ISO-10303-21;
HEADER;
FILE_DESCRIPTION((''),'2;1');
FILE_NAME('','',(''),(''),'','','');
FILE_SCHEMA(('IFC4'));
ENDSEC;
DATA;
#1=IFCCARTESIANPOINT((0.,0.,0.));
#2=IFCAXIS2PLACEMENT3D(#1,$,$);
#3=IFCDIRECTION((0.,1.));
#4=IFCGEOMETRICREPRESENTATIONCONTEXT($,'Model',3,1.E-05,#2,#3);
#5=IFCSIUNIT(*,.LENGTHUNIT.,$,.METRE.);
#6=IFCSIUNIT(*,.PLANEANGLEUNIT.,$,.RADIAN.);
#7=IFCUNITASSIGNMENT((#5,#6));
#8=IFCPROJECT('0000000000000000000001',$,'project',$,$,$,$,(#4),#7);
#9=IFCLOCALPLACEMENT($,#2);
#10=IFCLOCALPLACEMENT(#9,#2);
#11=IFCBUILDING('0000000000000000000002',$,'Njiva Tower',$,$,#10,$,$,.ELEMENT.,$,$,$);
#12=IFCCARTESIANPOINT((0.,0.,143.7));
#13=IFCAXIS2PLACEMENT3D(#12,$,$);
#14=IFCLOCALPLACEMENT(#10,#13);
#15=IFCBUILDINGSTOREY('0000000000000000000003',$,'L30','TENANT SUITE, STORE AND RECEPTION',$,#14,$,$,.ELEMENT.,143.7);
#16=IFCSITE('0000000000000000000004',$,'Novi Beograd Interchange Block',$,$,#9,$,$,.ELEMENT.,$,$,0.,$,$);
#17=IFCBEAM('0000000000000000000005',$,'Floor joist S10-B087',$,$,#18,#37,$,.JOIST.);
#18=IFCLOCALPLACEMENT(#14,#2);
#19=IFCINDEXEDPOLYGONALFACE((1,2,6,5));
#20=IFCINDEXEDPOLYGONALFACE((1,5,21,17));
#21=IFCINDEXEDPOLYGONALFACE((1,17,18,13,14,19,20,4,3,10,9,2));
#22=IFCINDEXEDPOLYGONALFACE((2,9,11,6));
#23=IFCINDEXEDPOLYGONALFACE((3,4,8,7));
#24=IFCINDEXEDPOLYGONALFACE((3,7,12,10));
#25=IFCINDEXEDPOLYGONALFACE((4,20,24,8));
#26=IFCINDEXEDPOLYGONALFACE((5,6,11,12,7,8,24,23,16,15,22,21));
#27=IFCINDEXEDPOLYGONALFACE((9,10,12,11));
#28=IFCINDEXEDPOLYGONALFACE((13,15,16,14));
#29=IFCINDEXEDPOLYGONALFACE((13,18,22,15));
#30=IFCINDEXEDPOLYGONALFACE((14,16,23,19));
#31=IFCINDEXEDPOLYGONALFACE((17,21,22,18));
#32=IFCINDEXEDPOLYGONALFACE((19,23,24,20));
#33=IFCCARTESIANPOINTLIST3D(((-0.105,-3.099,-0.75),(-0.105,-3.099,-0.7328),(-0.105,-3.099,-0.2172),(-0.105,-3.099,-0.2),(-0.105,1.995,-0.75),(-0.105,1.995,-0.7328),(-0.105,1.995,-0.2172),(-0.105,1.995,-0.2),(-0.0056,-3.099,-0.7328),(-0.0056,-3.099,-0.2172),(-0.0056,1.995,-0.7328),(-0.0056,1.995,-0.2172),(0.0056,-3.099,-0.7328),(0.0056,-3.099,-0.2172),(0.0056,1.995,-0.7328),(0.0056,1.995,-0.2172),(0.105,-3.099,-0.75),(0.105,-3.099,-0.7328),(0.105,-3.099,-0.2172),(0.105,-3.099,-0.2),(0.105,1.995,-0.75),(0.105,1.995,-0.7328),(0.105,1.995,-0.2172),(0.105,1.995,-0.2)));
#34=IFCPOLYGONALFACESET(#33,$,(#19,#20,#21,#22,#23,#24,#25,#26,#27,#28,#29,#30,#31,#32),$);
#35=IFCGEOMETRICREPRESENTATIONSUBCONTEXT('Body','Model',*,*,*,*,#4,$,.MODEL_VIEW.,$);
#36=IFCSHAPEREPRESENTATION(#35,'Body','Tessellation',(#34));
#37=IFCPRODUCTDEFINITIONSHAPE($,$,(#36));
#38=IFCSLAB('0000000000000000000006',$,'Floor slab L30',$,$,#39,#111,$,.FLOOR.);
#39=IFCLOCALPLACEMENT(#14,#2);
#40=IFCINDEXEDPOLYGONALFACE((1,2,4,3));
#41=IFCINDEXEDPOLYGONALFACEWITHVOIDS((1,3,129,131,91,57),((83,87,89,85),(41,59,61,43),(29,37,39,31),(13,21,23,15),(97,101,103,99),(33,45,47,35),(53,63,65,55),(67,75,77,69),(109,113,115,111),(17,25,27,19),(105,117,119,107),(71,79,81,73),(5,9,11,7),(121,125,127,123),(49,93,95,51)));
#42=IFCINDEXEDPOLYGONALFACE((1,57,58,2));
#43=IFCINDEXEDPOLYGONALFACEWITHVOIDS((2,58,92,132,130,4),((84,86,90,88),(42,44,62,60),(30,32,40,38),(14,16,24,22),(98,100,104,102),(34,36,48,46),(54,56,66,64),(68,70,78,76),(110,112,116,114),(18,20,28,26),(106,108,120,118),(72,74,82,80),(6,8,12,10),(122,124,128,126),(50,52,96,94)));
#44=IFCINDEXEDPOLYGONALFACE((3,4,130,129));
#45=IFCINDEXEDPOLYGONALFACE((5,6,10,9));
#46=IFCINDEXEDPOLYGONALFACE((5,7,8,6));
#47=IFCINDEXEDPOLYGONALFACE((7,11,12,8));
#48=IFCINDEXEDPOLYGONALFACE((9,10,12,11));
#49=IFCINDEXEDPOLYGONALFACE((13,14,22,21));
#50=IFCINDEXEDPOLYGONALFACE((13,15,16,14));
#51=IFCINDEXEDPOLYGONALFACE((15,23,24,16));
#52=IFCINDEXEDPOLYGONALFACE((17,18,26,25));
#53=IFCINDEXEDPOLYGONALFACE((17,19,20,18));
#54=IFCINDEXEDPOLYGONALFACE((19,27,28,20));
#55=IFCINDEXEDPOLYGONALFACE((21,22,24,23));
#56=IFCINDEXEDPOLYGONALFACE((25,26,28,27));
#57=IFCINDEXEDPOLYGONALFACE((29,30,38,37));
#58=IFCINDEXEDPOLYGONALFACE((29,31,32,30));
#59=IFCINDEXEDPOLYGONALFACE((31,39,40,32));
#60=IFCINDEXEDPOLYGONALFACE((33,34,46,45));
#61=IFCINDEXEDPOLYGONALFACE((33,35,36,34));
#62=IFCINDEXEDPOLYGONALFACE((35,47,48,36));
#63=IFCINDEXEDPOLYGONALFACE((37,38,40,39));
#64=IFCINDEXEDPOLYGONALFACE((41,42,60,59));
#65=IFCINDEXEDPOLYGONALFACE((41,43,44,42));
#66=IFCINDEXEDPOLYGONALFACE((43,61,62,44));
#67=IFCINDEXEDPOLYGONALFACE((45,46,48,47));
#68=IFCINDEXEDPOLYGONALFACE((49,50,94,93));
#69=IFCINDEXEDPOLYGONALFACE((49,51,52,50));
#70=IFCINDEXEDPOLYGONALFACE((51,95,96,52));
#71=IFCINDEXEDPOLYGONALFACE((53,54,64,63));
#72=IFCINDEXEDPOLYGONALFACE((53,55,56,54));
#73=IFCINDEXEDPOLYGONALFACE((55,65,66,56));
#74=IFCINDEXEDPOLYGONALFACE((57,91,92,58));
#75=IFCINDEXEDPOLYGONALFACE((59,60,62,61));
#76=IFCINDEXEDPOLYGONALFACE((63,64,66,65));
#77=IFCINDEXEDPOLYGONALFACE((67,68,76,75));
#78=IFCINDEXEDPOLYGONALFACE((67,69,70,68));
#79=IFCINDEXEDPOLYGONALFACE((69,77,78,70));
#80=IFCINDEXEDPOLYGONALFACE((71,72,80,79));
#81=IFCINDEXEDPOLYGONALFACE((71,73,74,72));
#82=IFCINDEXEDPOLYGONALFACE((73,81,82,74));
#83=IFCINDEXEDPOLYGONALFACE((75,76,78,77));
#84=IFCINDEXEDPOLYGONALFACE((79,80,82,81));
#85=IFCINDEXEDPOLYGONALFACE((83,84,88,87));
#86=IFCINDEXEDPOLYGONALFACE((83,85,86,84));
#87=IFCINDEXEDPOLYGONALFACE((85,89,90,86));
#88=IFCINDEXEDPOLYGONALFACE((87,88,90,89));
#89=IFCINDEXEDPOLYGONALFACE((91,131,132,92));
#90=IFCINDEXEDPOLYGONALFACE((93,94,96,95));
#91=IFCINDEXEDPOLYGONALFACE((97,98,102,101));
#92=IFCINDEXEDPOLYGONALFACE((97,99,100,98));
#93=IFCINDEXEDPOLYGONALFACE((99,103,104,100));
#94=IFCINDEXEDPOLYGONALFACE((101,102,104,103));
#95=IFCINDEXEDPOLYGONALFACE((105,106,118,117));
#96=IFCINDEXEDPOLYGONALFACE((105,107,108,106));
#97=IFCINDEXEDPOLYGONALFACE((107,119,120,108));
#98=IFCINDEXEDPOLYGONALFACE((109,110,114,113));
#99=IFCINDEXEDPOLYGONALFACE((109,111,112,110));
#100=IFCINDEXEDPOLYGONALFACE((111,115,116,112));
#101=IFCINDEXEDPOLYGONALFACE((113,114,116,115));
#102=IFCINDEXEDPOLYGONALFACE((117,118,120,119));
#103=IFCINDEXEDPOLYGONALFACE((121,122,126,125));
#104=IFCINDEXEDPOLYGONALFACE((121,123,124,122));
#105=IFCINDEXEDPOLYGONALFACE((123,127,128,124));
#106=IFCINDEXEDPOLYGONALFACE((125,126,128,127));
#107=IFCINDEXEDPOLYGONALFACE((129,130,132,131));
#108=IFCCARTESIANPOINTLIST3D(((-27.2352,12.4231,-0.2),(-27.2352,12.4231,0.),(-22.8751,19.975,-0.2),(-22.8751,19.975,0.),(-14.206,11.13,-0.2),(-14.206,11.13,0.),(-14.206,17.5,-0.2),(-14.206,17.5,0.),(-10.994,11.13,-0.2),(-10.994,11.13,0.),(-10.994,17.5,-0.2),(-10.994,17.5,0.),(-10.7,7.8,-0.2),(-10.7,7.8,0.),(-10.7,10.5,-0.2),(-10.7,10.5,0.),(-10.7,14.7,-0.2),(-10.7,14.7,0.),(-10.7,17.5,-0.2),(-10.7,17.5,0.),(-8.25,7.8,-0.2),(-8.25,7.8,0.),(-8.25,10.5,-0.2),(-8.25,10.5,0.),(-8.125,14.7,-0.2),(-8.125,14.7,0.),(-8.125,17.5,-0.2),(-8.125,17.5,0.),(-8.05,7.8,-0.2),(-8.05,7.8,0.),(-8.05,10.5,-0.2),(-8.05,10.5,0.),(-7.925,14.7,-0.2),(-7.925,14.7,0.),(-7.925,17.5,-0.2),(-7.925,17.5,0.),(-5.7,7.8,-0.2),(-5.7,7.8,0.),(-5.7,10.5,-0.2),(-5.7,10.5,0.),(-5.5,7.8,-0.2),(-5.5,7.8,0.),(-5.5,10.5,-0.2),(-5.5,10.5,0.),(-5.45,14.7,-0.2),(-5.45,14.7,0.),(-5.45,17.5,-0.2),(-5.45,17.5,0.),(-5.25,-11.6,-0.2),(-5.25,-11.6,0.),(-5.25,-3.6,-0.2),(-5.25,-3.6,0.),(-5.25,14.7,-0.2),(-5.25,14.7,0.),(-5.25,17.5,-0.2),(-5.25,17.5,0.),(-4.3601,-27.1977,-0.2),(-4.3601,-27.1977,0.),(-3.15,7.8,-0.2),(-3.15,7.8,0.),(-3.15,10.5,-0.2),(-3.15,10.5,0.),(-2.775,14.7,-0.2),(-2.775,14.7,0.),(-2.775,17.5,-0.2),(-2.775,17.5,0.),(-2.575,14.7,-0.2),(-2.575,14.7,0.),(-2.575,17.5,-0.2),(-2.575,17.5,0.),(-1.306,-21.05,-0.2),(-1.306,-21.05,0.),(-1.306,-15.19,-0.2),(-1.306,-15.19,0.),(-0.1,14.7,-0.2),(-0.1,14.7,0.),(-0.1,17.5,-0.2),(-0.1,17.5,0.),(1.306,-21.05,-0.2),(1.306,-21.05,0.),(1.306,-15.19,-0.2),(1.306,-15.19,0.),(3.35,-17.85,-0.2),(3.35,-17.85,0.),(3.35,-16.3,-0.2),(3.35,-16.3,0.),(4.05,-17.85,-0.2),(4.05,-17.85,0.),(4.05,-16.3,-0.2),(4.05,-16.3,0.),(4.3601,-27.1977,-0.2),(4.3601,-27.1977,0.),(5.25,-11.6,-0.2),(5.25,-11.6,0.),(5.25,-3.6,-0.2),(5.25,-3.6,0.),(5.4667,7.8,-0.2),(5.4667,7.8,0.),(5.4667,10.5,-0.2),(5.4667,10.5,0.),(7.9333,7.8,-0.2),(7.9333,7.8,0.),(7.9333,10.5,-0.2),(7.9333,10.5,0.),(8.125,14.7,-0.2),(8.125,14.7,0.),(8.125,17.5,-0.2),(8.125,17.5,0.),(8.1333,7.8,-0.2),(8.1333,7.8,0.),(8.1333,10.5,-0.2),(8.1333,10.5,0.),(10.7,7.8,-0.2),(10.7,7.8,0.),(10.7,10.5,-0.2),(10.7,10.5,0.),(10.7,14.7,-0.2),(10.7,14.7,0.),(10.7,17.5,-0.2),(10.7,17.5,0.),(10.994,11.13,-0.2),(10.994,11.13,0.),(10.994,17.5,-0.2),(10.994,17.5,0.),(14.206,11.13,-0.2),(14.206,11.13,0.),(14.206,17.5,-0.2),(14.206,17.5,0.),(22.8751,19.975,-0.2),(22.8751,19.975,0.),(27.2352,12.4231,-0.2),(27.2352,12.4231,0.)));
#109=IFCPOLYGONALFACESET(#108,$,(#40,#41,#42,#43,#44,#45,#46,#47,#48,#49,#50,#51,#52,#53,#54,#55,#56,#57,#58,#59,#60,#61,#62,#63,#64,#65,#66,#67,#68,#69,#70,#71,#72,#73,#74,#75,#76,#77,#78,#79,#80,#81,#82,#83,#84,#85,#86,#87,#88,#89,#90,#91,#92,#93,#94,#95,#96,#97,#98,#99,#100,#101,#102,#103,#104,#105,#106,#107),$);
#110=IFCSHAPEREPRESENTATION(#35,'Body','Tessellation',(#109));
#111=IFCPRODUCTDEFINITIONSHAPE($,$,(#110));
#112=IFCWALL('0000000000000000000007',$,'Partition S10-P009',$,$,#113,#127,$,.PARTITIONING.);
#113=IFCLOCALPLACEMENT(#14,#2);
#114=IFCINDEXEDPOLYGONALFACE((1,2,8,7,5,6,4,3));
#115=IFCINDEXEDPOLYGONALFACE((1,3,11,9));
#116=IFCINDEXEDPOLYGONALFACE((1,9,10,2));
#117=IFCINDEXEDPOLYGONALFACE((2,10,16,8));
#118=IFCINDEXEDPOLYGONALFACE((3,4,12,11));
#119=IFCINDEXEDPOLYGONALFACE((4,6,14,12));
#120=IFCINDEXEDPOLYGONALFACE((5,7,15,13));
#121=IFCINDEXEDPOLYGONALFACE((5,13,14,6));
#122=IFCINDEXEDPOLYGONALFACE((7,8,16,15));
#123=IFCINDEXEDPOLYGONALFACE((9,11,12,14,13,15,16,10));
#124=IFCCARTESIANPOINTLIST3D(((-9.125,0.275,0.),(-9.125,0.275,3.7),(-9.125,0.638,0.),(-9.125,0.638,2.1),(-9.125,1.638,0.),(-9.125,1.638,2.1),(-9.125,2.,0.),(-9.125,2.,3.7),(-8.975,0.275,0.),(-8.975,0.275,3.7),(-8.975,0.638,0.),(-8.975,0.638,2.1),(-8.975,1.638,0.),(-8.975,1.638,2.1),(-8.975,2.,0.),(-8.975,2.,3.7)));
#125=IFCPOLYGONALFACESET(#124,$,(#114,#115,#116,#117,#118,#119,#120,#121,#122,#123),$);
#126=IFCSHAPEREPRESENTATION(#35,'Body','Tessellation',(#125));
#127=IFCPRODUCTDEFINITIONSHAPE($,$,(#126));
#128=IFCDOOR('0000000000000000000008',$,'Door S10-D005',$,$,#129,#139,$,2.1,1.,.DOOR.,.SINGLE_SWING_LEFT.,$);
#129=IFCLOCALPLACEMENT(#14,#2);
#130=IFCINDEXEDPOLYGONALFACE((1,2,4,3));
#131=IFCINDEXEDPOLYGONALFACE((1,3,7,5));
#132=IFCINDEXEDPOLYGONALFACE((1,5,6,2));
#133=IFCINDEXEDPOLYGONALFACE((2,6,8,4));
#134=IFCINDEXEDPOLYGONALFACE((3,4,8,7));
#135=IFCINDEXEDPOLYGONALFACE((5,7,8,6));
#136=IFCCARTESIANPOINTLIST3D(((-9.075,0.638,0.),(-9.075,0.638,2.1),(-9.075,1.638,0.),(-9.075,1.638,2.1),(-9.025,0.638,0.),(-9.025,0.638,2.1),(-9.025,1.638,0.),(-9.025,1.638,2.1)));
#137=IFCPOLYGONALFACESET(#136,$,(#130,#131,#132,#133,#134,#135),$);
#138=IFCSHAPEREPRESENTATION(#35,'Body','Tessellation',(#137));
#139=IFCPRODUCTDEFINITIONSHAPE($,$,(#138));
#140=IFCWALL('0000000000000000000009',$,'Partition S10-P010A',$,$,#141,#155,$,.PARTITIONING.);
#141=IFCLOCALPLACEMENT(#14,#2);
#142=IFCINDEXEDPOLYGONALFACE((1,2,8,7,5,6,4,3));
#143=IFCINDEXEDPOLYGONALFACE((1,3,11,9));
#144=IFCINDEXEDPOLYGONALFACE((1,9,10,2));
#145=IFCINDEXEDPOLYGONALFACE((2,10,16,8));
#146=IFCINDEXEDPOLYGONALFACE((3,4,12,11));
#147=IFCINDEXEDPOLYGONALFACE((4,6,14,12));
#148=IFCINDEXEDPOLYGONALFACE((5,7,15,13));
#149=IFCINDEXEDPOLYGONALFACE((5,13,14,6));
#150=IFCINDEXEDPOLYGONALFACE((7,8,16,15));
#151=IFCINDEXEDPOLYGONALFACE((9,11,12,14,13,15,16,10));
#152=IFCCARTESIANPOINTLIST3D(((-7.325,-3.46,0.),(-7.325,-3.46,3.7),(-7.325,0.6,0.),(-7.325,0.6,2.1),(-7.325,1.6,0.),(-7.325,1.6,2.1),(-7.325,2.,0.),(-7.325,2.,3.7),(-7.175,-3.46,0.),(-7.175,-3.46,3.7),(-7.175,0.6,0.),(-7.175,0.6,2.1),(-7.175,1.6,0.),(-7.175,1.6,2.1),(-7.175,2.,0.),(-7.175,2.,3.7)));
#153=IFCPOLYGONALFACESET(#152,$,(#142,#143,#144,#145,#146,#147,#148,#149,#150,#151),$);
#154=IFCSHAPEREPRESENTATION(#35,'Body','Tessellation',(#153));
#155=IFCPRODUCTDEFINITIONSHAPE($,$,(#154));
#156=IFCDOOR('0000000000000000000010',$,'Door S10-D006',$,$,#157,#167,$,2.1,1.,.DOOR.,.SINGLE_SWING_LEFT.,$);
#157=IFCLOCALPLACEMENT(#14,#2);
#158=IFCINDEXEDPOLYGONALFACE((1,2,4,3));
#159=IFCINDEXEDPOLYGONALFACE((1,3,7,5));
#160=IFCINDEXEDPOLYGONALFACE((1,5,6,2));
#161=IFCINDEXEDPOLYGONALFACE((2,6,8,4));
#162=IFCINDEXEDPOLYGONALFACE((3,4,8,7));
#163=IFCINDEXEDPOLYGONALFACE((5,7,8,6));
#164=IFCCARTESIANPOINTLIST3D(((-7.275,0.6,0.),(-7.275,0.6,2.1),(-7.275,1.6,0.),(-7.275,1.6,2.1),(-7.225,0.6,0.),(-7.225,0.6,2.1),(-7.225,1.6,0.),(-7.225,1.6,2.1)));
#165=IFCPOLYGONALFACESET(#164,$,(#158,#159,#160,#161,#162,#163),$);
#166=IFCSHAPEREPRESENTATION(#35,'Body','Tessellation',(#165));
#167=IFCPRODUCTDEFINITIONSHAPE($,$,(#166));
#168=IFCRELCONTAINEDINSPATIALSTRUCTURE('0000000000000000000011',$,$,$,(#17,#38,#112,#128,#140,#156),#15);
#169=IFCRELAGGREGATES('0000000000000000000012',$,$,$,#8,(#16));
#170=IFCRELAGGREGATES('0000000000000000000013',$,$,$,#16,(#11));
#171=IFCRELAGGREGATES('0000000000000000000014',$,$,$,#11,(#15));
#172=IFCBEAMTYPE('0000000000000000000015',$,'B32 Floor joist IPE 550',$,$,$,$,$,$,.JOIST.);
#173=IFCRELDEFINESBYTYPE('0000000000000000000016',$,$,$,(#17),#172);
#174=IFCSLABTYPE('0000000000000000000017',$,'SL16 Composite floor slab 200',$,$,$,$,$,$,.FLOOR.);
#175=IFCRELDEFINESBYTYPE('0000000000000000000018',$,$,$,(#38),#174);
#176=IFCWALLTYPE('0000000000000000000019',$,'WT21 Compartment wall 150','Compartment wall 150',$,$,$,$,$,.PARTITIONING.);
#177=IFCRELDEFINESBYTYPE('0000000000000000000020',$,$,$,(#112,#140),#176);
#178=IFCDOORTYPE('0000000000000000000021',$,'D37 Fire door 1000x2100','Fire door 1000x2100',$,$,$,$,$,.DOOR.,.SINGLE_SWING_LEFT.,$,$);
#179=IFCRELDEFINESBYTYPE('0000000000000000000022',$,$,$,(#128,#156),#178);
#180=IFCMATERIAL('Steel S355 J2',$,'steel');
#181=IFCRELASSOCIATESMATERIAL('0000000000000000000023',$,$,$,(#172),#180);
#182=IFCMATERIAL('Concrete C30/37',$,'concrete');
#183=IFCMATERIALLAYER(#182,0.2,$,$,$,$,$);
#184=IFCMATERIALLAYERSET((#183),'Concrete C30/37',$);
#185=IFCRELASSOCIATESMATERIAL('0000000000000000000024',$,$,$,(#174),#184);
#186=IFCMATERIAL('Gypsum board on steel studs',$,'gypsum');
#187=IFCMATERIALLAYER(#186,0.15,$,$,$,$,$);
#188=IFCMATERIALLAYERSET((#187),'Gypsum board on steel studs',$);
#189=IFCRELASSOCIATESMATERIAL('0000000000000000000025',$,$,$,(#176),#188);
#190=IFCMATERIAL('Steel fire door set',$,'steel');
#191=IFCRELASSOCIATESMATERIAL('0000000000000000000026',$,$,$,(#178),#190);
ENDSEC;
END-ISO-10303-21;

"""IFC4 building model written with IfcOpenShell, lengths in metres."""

from ifc_helpers import new_model, si_unit, direction, frame, frame_2d, origin, origin_2d, place, context, subcontext, project, spatial, polyline, rectangle, i_section, outline, extrude, material, layer, layer_set, material_profile, profile_set, type_object, element, fill, save


model = new_model("IFC4")

# Units and contexts
model_context = context("Model", 3, precision=1e-05, world=origin(), true_north=direction((0.0, 1.0)))
body_context = subcontext(model_context, "Body", "Model", "MODEL_VIEW")
ifc_project = project(units=[si_unit("LENGTHUNIT", "METRE"), si_unit("PLANEANGLEUNIT", "RADIAN")], contexts=[model_context])

# Site, building, storey
site_placement = place(None, origin())
site = spatial("IfcSite", under=ifc_project, at=site_placement, Name="Novi Beograd Interchange Block", CompositionType="ELEMENT", RefElevation=0.0)
building_placement = place(site_placement, origin())
building = spatial("IfcBuilding", under=site, at=building_placement, Name="Njiva Tower", CompositionType="ELEMENT")
storey_placement = place(building_placement, frame((0.0, 0.0, 143.7)))
storey = spatial("IfcBuildingStorey", under=building, at=storey_placement, Name="L30", Description="TENANT SUITE, STORE AND RECEPTION", CompositionType="ELEMENT", Elevation=143.7)

# Shared definitions
ifc_material_1 = material(Name="Steel S355 J2", Category="steel")

# Beam
ifc_material_profile_1 = material_profile(ifc_material_1, i_section(OverallWidth=0.21, OverallDepth=0.55, WebThickness=0.0111, FlangeThickness=0.0172, at=origin_2d()), Name="IPE 550")
ifc_profile_set_1 = profile_set([ifc_material_profile_1], Name="Steel S355 J2")
beam_type_1 = type_object("IfcBeamType", Name="B32 Floor joist IPE 550", PredefinedType="JOIST", material=ifc_profile_set_1)
for number, where, z_axis, x_axis, name in (
    (1, (0.0, 1.995, -0.475), (0.0, -1.0, 0.0), (1.0, 0.0, 0.0), "Floor joist S10-B087"),
):
    element("IfcBeam", number, at=place(storey_placement, frame(where, z_axis=z_axis, x_axis=x_axis)), inside=storey, type_object=beam_type_1, Name=name, PredefinedType="JOIST", context=body_context, shape_type="SweptSolid", body=[
        extrude(i_section(OverallWidth=0.21, OverallDepth=0.55, WebThickness=0.0111, FlangeThickness=0.0172, at=origin_2d()), origin(), (0.0, 0.0, 1.0), 5.094),
    ])

# Slab
ifc_material_2 = material(Name="Concrete C30/37", Category="concrete")
ifc_layer_1 = layer(ifc_material_2, 0.2)
ifc_layer_set_1 = layer_set([ifc_layer_1], Name="Concrete C30/37")
slab_type = type_object("IfcSlabType", Name="SL16 Composite floor slab 200", PredefinedType="FLOOR", material=ifc_layer_set_1)
slab_placement = place(storey_placement, frame((0.0, 0.0, -0.2)))
element("IfcSlab", 2, at=slab_placement, inside=storey, type_object=slab_type, Name="Floor slab L30", PredefinedType="FLOOR", context=body_context, shape_type="SweptSolid", body=[
    extrude(outline(polyline([(27.2352, 12.4231), (4.3601, -27.1977), (-4.3601, -27.1977), (-27.2352, 12.4231), (-22.8751, 19.975), (22.8751, 19.975), (27.2352, 12.4231)]), holes=[polyline([(10.994, 11.13), (14.206, 11.13), (14.206, 17.5), (10.994, 17.5), (10.994, 11.13)]), polyline([(8.125, 14.7), (10.7, 14.7), (10.7, 17.5), (8.125, 17.5), (8.125, 14.7)]), polyline([(8.1333, 7.8), (10.7, 7.8), (10.7, 10.5), (8.1333, 10.5), (8.1333, 7.8)]), polyline([(5.4667, 7.8), (7.9333, 7.8), (7.9333, 10.5), (5.4667, 10.5), (5.4667, 7.8)]), polyline([(5.25, -11.6), (5.25, -3.6), (-5.25, -3.6), (-5.25, -11.6), (5.25, -11.6)]), polyline([(3.35, -17.85), (4.05, -17.85), (4.05, -16.3), (3.35, -16.3), (3.35, -17.85)]), polyline([(-1.306, -21.05), (1.306, -21.05), (1.306, -15.19), (-1.306, -15.19), (-1.306, -21.05)]), polyline([(-2.575, 14.7), (-0.1, 14.7), (-0.1, 17.5), (-2.575, 17.5), (-2.575, 14.7)]), polyline([(-5.25, 14.7), (-2.775, 14.7), (-2.775, 17.5), (-5.25, 17.5), (-5.25, 14.7)]), polyline([(-5.5, 7.8), (-3.15, 7.8), (-3.15, 10.5), (-5.5, 10.5), (-5.5, 7.8)]), polyline([(-7.925, 14.7), (-5.45, 14.7), (-5.45, 17.5), (-7.925, 17.5), (-7.925, 14.7)]), polyline([(-8.05, 7.8), (-5.7, 7.8), (-5.7, 10.5), (-8.05, 10.5), (-8.05, 7.8)]), polyline([(-10.7, 14.7), (-8.125, 14.7), (-8.125, 17.5), (-10.7, 17.5), (-10.7, 14.7)]), polyline([(-8.25, 7.8), (-8.25, 10.5), (-10.7, 10.5), (-10.7, 7.8), (-8.25, 7.8)]), polyline([(-14.206, 11.13), (-10.994, 11.13), (-10.994, 17.5), (-14.206, 17.5), (-14.206, 11.13)])]), origin(), (0.0, 0.0, 1.0), 0.2),
])

# Walls, openings, doors
ifc_material_3 = material(Name="Gypsum board on steel studs", Category="gypsum")
ifc_layer_2 = layer(ifc_material_3, 0.15)
ifc_layer_set_2 = layer_set([ifc_layer_2], Name="Gypsum board on steel studs")
wall_type = type_object("IfcWallType", Name="WT21 Compartment wall 150", Description="Compartment wall 150", PredefinedType="PARTITIONING", material=ifc_layer_set_2)
wall_1_placement = place(storey_placement, frame((-9.05, 0.275, 0.0), z_axis=(0.0, 0.0, 1.0), x_axis=(0.0, 1.0, 0.0)))
wall_1 = element("IfcWall", 3, at=wall_1_placement, inside=storey, type_object=wall_type, Name="Partition S10-P009", PredefinedType="PARTITIONING", context=body_context, shape_type="SweptSolid", body=[
    extrude(rectangle(XDim=1.725, YDim=0.15, at=frame_2d((0.8625, 0.0))), origin(), (0.0, 0.0, 1.0), 3.7),
])
opening_1_placement = place(wall_1_placement, frame((0.363, 0.0, 0.0)))
opening_1 = element("IfcOpeningElement", 4, at=opening_1_placement, cuts=wall_1, PredefinedType="OPENING", context=body_context, shape_type="SweptSolid", body=[
    extrude(rectangle(XDim=1.0, YDim=2.1, at=frame_2d((0.5, 1.05))), frame((0.0, 0.085, 0.0), z_axis=(0.0, -1.0, 0.0), x_axis=(1.0, 0.0, 0.0)), (0.0, 0.0, 1.0), 0.17),
])
ifc_material_4 = material(Name="Steel fire door set", Category="steel")
door_type_1 = type_object("IfcDoorType", Name="D37 Fire door 1000x2100", Description="Fire door 1000x2100", OperationType="SINGLE_SWING_LEFT", PredefinedType="DOOR", material=ifc_material_4)
door_1_placement = place(opening_1_placement, origin())
door_1 = element("IfcDoor", 5, at=door_1_placement, inside=storey, type_object=door_type_1, Name="Door S10-D005", OperationType="SINGLE_SWING_LEFT", OverallHeight=2.1, OverallWidth=1.0, PredefinedType="DOOR", context=body_context, shape_type="SweptSolid", body=[
    extrude(rectangle(XDim=1.0, YDim=2.1, at=frame_2d((0.5, 1.05))), frame((0.0, 0.025, 0.0), z_axis=(0.0, -1.0, 0.0), x_axis=(1.0, 0.0, 0.0)), (0.0, 0.0, 1.0), 0.05),
])
fill(opening_1, door_1)
wall_2_placement = place(storey_placement, frame((-7.25, -3.46, 0.0), z_axis=(0.0, 0.0, 1.0), x_axis=(0.0, 1.0, 0.0)))
wall_2 = element("IfcWall", 6, at=wall_2_placement, inside=storey, type_object=wall_type, Name="Partition S10-P010A", PredefinedType="PARTITIONING", context=body_context, shape_type="SweptSolid", body=[
    extrude(rectangle(XDim=5.46, YDim=0.15, at=frame_2d((2.73, 0.0))), origin(), (0.0, 0.0, 1.0), 3.7),
])
opening_2_placement = place(wall_2_placement, frame((4.06, 0.0, 0.0)))
opening_2 = element("IfcOpeningElement", 7, at=opening_2_placement, cuts=wall_2, PredefinedType="OPENING", context=body_context, shape_type="SweptSolid", body=[
    extrude(rectangle(XDim=1.0, YDim=2.1, at=frame_2d((0.5, 1.05))), frame((0.0, 0.085, 0.0), z_axis=(0.0, -1.0, 0.0), x_axis=(1.0, 0.0, 0.0)), (0.0, 0.0, 1.0), 0.17),
])
door_2_placement = place(opening_2_placement, origin())
door_2 = element("IfcDoor", 8, at=door_2_placement, inside=storey, type_object=door_type_1, Name="Door S10-D006", OperationType="SINGLE_SWING_LEFT", OverallHeight=2.1, OverallWidth=1.0, PredefinedType="DOOR", context=body_context, shape_type="SweptSolid", body=[
    extrude(rectangle(XDim=1.0, YDim=2.1, at=frame_2d((0.5, 1.05))), frame((0.0, 0.025, 0.0), z_axis=(0.0, -1.0, 0.0), x_axis=(1.0, 0.0, 0.0)), (0.0, 0.0, 1.0), 0.05),
])
fill(opening_2, door_2)

save(model, "model.ifc")
